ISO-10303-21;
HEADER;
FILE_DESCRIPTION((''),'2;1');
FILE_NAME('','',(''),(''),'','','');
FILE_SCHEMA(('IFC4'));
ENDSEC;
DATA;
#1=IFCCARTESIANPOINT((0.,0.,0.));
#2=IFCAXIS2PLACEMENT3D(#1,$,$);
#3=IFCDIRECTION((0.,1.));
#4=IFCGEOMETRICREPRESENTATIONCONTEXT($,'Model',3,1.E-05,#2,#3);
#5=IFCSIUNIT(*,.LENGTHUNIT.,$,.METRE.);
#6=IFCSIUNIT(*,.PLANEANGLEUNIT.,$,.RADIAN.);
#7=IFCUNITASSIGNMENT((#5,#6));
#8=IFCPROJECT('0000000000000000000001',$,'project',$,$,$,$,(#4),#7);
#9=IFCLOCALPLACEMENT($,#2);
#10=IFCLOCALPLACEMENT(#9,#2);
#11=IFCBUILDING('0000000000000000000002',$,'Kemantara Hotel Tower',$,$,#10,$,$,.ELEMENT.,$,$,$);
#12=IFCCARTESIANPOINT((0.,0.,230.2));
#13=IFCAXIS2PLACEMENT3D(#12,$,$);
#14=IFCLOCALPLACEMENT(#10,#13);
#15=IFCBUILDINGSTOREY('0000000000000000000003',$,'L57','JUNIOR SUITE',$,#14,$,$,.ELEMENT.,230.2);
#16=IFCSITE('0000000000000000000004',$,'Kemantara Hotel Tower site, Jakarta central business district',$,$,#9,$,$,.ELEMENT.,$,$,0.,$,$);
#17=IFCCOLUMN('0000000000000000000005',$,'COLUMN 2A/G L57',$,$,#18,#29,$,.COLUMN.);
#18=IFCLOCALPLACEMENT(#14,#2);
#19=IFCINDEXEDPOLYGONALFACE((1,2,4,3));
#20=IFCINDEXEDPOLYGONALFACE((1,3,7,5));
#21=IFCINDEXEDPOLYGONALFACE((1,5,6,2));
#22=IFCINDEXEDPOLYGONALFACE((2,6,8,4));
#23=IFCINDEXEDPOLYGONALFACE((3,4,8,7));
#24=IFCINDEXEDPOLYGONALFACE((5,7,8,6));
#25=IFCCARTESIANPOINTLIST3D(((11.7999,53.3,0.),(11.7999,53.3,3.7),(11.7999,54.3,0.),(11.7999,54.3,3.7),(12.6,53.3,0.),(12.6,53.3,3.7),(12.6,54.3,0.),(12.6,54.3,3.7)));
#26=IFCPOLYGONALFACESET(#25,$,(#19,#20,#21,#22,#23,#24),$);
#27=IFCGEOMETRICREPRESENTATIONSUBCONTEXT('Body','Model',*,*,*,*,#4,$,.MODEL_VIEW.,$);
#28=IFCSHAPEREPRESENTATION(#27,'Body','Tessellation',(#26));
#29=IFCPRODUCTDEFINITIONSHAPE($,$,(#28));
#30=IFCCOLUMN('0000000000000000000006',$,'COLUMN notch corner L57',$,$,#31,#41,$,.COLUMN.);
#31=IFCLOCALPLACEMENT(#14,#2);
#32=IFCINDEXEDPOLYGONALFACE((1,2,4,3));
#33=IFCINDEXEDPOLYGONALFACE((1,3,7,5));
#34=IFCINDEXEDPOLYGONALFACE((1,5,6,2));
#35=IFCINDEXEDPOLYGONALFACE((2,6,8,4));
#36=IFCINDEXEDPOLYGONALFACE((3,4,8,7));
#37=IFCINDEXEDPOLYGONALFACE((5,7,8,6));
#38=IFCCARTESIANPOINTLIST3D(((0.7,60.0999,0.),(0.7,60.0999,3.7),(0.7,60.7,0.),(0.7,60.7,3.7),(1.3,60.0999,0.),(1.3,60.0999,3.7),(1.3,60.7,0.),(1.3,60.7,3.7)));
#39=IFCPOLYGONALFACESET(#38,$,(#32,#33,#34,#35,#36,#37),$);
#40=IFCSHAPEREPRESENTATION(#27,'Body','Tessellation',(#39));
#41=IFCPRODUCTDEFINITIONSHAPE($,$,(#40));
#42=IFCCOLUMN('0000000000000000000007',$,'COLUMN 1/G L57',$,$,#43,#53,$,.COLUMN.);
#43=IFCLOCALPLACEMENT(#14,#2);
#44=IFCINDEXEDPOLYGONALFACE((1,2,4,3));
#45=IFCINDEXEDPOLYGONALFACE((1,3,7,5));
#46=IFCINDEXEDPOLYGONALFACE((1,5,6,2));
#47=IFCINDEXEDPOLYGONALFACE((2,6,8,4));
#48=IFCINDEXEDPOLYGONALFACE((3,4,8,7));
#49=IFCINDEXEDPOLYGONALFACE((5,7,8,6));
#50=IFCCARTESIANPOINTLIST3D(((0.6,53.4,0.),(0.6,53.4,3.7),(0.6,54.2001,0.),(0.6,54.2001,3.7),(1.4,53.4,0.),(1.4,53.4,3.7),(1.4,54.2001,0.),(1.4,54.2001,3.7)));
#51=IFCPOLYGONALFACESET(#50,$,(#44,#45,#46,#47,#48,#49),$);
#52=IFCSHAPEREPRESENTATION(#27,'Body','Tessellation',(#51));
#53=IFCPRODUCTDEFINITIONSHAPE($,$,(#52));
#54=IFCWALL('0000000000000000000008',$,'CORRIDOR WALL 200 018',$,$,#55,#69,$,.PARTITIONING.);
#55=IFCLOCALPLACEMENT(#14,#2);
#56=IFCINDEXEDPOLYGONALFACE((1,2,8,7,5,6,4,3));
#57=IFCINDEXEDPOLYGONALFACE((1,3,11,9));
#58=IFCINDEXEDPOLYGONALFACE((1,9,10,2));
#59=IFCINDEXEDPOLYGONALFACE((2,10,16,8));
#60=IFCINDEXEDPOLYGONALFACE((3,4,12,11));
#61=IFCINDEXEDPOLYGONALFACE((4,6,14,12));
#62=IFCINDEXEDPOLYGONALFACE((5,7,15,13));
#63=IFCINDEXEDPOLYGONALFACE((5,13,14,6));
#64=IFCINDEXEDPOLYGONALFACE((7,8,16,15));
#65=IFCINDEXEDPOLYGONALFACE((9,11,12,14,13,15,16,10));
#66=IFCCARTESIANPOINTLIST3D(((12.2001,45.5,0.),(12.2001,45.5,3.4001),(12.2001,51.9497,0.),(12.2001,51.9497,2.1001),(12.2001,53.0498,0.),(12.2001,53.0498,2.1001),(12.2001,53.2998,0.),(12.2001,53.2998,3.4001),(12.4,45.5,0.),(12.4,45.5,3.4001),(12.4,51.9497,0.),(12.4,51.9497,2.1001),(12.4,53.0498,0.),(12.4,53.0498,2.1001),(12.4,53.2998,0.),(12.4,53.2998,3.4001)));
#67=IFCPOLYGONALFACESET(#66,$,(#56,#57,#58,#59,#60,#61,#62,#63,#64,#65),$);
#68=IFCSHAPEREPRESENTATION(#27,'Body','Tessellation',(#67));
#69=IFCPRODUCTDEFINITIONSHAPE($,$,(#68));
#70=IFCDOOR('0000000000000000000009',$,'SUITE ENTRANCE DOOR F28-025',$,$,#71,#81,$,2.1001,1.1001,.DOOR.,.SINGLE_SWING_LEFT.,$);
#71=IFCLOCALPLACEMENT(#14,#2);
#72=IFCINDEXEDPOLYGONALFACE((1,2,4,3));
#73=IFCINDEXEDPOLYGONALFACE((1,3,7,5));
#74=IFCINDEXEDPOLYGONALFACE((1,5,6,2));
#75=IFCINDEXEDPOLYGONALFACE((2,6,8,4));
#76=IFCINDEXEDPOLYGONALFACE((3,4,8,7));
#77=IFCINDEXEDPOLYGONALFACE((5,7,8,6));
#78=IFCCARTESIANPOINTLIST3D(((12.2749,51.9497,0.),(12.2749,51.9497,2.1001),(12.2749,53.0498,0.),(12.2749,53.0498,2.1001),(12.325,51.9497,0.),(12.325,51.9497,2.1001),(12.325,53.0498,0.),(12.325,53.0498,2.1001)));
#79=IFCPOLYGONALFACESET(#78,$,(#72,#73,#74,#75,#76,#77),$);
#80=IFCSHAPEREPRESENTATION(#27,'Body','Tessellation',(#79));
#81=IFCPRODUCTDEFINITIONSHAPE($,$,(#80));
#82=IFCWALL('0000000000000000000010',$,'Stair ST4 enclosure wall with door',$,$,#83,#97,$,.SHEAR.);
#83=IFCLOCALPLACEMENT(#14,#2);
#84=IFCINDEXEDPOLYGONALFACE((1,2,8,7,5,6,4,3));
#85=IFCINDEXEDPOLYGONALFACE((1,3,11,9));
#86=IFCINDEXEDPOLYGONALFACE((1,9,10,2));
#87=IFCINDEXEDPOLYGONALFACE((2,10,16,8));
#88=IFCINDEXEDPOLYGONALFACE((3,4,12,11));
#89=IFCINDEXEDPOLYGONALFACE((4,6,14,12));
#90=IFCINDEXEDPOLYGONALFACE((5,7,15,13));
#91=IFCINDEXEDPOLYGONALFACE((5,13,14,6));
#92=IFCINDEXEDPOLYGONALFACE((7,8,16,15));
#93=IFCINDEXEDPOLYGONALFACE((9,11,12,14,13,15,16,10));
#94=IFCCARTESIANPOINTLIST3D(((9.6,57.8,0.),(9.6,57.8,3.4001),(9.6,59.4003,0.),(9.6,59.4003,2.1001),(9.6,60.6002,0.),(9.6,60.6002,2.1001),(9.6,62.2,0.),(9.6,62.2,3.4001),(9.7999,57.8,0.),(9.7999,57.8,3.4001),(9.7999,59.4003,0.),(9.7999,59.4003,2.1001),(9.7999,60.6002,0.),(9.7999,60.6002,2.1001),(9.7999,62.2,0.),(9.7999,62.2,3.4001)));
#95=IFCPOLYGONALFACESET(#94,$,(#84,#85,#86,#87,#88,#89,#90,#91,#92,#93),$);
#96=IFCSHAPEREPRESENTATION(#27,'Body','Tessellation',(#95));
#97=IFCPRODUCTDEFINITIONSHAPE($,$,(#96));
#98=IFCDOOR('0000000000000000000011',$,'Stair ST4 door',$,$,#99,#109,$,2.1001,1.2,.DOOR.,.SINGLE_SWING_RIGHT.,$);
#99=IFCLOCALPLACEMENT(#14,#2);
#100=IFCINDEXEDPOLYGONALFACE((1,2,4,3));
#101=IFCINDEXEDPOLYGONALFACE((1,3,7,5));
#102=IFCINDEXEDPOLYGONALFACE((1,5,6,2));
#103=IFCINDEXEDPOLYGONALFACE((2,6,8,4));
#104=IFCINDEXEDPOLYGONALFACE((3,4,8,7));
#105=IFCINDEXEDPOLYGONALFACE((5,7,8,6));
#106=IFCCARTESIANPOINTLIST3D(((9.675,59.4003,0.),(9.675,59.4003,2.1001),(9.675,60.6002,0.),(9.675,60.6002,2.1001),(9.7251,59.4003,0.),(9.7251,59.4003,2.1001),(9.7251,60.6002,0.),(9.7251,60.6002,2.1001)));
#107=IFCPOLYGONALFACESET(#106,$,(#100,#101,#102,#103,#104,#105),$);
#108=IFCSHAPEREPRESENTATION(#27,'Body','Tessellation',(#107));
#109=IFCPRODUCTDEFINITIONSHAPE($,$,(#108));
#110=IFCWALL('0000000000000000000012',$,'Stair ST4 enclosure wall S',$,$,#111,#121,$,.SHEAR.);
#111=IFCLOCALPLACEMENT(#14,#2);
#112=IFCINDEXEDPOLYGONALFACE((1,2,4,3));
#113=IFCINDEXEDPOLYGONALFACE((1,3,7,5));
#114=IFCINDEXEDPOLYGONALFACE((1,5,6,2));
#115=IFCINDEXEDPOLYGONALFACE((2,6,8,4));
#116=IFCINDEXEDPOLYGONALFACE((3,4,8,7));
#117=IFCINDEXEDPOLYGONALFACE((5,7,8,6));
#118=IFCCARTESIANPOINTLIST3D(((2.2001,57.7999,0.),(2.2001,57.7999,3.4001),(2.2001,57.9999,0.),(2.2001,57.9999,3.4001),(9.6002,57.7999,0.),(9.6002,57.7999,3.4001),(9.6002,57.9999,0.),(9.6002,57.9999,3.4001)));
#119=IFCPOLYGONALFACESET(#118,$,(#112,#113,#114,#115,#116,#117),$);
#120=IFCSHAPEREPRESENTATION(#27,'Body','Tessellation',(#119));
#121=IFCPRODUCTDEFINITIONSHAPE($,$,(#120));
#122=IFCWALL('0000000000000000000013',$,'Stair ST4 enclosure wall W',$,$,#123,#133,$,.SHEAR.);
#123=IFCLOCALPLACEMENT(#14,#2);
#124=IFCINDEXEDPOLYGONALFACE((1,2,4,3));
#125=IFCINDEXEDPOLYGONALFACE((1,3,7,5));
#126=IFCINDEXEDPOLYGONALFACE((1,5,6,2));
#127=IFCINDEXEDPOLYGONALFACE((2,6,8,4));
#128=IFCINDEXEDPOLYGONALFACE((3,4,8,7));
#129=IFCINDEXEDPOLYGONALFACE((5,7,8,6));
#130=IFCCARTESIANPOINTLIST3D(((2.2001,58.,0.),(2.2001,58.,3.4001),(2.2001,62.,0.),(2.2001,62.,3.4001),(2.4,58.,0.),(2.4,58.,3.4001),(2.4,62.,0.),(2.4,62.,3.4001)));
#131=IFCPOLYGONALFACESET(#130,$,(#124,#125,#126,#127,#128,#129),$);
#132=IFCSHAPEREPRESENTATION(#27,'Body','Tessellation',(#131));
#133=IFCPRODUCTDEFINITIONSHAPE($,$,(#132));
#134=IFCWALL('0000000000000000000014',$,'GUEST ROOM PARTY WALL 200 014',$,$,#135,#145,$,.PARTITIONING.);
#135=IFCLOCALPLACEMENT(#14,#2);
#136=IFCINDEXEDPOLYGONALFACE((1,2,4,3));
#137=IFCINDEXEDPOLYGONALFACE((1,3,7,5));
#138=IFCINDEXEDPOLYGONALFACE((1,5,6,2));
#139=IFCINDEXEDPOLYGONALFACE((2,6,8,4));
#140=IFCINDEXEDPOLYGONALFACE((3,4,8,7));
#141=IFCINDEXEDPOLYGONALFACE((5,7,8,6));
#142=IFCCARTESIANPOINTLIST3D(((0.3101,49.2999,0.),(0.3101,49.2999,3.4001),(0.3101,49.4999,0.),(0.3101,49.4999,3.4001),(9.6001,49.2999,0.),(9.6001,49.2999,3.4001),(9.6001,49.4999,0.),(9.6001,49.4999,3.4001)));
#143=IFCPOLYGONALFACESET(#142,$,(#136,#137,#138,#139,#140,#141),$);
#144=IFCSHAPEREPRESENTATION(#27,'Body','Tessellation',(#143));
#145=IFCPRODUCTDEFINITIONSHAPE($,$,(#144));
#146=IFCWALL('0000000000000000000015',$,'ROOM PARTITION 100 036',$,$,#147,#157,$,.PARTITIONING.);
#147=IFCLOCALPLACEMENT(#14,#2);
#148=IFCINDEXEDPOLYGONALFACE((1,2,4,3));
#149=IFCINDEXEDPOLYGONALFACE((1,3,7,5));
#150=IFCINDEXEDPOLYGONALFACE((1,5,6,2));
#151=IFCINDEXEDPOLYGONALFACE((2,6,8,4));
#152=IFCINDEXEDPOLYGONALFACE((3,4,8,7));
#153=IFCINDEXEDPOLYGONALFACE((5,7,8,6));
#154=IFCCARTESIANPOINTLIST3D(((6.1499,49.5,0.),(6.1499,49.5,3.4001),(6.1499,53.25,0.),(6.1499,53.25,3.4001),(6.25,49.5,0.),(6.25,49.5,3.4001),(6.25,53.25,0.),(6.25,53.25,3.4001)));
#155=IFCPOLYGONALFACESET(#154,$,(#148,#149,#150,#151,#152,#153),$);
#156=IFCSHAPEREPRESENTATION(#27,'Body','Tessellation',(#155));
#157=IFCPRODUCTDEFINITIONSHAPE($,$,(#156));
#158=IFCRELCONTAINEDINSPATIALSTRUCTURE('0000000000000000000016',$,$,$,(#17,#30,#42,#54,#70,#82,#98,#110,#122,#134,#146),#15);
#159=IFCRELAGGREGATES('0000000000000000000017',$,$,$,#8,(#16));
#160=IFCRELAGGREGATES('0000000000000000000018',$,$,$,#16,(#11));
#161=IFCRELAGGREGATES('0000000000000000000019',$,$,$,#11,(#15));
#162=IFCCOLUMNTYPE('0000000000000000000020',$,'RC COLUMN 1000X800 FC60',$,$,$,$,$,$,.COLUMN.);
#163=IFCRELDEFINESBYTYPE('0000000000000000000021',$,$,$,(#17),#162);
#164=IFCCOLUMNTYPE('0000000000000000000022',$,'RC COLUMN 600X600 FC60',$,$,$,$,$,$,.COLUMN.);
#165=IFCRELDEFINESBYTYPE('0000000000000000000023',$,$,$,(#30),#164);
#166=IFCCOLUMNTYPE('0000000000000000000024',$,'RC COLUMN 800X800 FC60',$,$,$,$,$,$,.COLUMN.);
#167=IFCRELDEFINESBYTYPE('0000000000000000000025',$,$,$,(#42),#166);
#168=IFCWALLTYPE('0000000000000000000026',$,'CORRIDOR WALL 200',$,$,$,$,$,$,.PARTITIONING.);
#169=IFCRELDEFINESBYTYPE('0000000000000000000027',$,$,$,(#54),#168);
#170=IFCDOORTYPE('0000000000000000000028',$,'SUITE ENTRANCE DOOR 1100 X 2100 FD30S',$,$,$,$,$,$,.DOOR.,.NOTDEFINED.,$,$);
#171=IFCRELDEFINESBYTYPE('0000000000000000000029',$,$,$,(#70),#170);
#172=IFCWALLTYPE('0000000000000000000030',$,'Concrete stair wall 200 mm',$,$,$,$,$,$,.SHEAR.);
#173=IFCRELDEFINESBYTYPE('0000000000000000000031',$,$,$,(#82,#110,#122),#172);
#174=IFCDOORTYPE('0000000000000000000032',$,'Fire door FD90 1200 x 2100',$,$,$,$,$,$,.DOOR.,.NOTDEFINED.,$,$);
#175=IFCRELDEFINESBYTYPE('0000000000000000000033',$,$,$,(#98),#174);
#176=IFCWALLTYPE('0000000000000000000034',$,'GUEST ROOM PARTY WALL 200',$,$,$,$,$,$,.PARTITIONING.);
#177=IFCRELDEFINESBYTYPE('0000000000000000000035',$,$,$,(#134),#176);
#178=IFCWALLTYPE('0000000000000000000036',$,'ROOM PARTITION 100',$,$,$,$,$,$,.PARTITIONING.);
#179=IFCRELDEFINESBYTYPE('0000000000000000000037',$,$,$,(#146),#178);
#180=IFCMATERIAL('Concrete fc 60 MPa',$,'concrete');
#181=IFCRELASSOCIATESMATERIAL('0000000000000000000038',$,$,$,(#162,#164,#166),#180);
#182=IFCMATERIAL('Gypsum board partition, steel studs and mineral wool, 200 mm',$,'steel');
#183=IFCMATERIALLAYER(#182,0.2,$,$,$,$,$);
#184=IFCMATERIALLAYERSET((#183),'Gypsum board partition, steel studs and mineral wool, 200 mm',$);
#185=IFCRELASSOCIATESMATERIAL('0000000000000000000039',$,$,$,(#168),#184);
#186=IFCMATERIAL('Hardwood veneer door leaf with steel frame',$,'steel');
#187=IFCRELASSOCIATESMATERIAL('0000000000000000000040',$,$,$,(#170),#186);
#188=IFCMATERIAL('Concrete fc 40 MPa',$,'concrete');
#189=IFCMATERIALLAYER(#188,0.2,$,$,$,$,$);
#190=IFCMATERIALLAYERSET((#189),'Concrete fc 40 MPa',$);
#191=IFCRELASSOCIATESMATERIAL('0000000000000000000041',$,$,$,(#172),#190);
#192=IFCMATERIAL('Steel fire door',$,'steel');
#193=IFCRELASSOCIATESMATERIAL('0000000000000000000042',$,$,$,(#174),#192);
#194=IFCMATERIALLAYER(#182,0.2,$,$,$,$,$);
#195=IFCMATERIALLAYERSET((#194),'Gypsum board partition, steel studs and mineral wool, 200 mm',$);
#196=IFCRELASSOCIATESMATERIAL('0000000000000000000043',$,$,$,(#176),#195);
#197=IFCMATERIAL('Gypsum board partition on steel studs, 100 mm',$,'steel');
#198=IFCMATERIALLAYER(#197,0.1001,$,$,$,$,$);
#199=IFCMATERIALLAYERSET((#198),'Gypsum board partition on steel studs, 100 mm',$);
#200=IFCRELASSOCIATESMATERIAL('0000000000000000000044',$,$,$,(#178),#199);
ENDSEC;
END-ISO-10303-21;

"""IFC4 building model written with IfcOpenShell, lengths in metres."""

from ifc_helpers import new_model, si_unit, direction, frame, frame_2d, origin, origin_2d, place, context, subcontext, project, spatial, rectangle, extrude, material, layer, layer_set, material_profile, profile_set, type_object, element, fill, save


model = new_model("IFC4")

# Units and contexts
model_context = context("Model", 3, precision=1e-05, world=origin(), true_north=direction((0.0, 1.0)))
body_context = subcontext(model_context, "Body", "Model", "MODEL_VIEW")
ifc_project = project(units=[si_unit("LENGTHUNIT", "METRE"), si_unit("PLANEANGLEUNIT", "RADIAN")], contexts=[model_context])

# Site, building, storey
site_placement = place(None, origin())
site = spatial("IfcSite", under=ifc_project, at=site_placement, Name="Kemantara Hotel Tower site, Jakarta central business district", CompositionType="ELEMENT", RefElevation=0.0)
building_placement = place(site_placement, origin())
building = spatial("IfcBuilding", under=site, at=building_placement, Name="Kemantara Hotel Tower", CompositionType="ELEMENT")
storey_placement = place(building_placement, frame((0.0, 0.0, 230.2)))
storey = spatial("IfcBuildingStorey", under=building, at=storey_placement, Name="L57", Description="JUNIOR SUITE", CompositionType="ELEMENT", Elevation=230.2)

# Columns
ifc_material_1 = material(Name="Concrete fc 60 MPa", Category="concrete")
ifc_material_profile_1 = material_profile(ifc_material_1, rectangle(XDim=1.0, YDim=0.8, at=origin_2d()), Name="RC 1000X800")
ifc_profile_set_1 = profile_set([ifc_material_profile_1], Name="Concrete fc 60 MPa")
column_type_1 = type_object("IfcColumnType", Name="RC COLUMN 1000X800 FC60", PredefinedType="COLUMN", material=ifc_profile_set_1)
column_1_placement = place(storey_placement, frame((12.2, 53.8, 0.0), z_axis=(0.0, 0.0, 1.0), x_axis=(0.0, 1.0, 0.0)))
element("IfcColumn", 1, at=column_1_placement, inside=storey, type_object=column_type_1, Name="COLUMN 2A/G L57", PredefinedType="COLUMN", context=body_context, shape_type="SweptSolid", body=[
    extrude(rectangle(XDim=1.0, YDim=0.8, at=origin_2d()), origin(), (0.0, 0.0, 1.0), 3.7),
])
ifc_material_profile_2 = material_profile(ifc_material_1, rectangle(XDim=0.6001, YDim=0.6001, at=origin_2d()), Name="RC 600X600")
ifc_profile_set_2 = profile_set([ifc_material_profile_2], Name="Concrete fc 60 MPa")
column_type_2 = type_object("IfcColumnType", Name="RC COLUMN 600X600 FC60", PredefinedType="COLUMN", material=ifc_profile_set_2)
column_2_placement = place(storey_placement, frame((1.0, 60.3999, 0.0), z_axis=(0.0, 0.0, 1.0), x_axis=(1.0, 0.0, 0.0)))
element("IfcColumn", 2, at=column_2_placement, inside=storey, type_object=column_type_2, Name="COLUMN notch corner L57", PredefinedType="COLUMN", context=body_context, shape_type="SweptSolid", body=[
    extrude(rectangle(XDim=0.6001, YDim=0.6001, at=origin_2d()), origin(), (0.0, 0.0, 1.0), 3.7),
])
ifc_material_profile_3 = material_profile(ifc_material_1, rectangle(XDim=0.8, YDim=0.8, at=origin_2d()), Name="RC 800X800")
ifc_profile_set_3 = profile_set([ifc_material_profile_3], Name="Concrete fc 60 MPa")
column_type_3 = type_object("IfcColumnType", Name="RC COLUMN 800X800 FC60", PredefinedType="COLUMN", material=ifc_profile_set_3)
column_3_placement = place(storey_placement, frame((1.0, 53.8, 0.0), z_axis=(0.0, 0.0, 1.0), x_axis=(1.0, 0.0, 0.0)))
element("IfcColumn", 3, at=column_3_placement, inside=storey, type_object=column_type_3, Name="COLUMN 1/G L57", PredefinedType="COLUMN", context=body_context, shape_type="SweptSolid", body=[
    extrude(rectangle(XDim=0.8, YDim=0.8, at=origin_2d()), origin(), (0.0, 0.0, 1.0), 3.7),
])

# Walls, openings, doors
ifc_material_2 = material(Name="Gypsum board partition, steel studs and mineral wool, 200 mm", Category="steel")
ifc_layer_1 = layer(ifc_material_2, 0.2)
ifc_layer_set_1 = layer_set([ifc_layer_1], Name="Gypsum board partition, steel studs and mineral wool, 200 mm")
wall_type_1 = type_object("IfcWallType", Name="CORRIDOR WALL 200", PredefinedType="PARTITIONING", material=ifc_layer_set_1)
wall_1_placement = place(storey_placement, frame((12.3, 53.2998, 0.0), z_axis=(0.0, 0.0, 1.0), x_axis=(0.0, -1.0, 0.0)))
wall_1 = element("IfcWall", 4, at=wall_1_placement, inside=storey, type_object=wall_type_1, Name="CORRIDOR WALL 200 018", PredefinedType="PARTITIONING", context=body_context, shape_type="SweptSolid", body=[
    extrude(rectangle(XDim=7.7998, YDim=0.2, at=frame_2d((3.8999, 0.0))), origin(), (0.0, 0.0, 1.0), 3.4001),
])
opening_1_placement = place(wall_1_placement, frame((0.25, 0.0, 0.0)))
opening_1 = element("IfcOpeningElement", 5, at=opening_1_placement, cuts=wall_1, PredefinedType="OPENING", context=body_context, shape_type="SweptSolid", body=[
    extrude(rectangle(XDim=1.1001, YDim=2.1001, at=frame_2d((0.55, 1.05))), frame((0.0, 0.1099, 0.0), z_axis=(0.0, -1.0, 0.0), x_axis=(1.0, 0.0, 0.0)), (0.0, 0.0, 1.0), 0.22),
])
ifc_material_3 = material(Name="Hardwood veneer door leaf with steel frame", Category="steel")
door_type_1 = type_object("IfcDoorType", Name="SUITE ENTRANCE DOOR 1100 X 2100 FD30S", OperationType="NOTDEFINED", PredefinedType="DOOR", material=ifc_material_3)
door_1_placement = place(opening_1_placement, origin())
door_1 = element("IfcDoor", 6, at=door_1_placement, inside=storey, type_object=door_type_1, Name="SUITE ENTRANCE DOOR F28-025", OperationType="SINGLE_SWING_LEFT", OverallHeight=2.1001, OverallWidth=1.1001, PredefinedType="DOOR", context=body_context, shape_type="SweptSolid", body=[
    extrude(rectangle(XDim=1.1001, YDim=2.1001, at=frame_2d((0.55, 1.05))), frame((0.0, 0.0249, 0.0), z_axis=(0.0, -1.0, 0.0), x_axis=(1.0, 0.0, 0.0)), (0.0, 0.0, 1.0), 0.05),
])
fill(opening_1, door_1)
ifc_material_4 = material(Name="Concrete fc 40 MPa", Category="concrete")
ifc_layer_2 = layer(ifc_material_4, 0.2)
ifc_layer_set_2 = layer_set([ifc_layer_2], Name="Concrete fc 40 MPa")
wall_type_2 = type_object("IfcWallType", Name="Concrete stair wall 200 mm", PredefinedType="SHEAR", material=ifc_layer_set_2)
wall_2_placement = place(storey_placement, frame((9.7, 57.8, 0.0), z_axis=(0.0, 0.0, 1.0), x_axis=(0.0, 1.0, 0.0)))
wall_2 = element("IfcWall", 7, at=wall_2_placement, inside=storey, type_object=wall_type_2, Name="Stair ST4 enclosure wall with door", PredefinedType="SHEAR", context=body_context, shape_type="SweptSolid", body=[
    extrude(rectangle(XDim=4.3999, YDim=0.2, at=frame_2d((2.2, 0.0))), origin(), (0.0, 0.0, 1.0), 3.4001),
])
opening_2_placement = place(wall_2_placement, frame((1.6001, 0.0, 0.0)))
opening_2 = element("IfcOpeningElement", 8, at=opening_2_placement, cuts=wall_2, PredefinedType="OPENING", context=body_context, shape_type="SweptSolid", body=[
    extrude(rectangle(XDim=1.2, YDim=2.1001, at=frame_2d((0.6001, 1.05))), frame((0.0, 0.1099, 0.0), z_axis=(0.0, -1.0, 0.0), x_axis=(1.0, 0.0, 0.0)), (0.0, 0.0, 1.0), 0.22),
])
ifc_material_5 = material(Name="Steel fire door", Category="steel")
door_type_2 = type_object("IfcDoorType", Name="Fire door FD90 1200 x 2100", OperationType="NOTDEFINED", PredefinedType="DOOR", material=ifc_material_5)
door_2_placement = place(opening_2_placement, origin())
door_2 = element("IfcDoor", 9, at=door_2_placement, inside=storey, type_object=door_type_2, Name="Stair ST4 door", OperationType="SINGLE_SWING_RIGHT", OverallHeight=2.1001, OverallWidth=1.2, PredefinedType="DOOR", context=body_context, shape_type="SweptSolid", body=[
    extrude(rectangle(XDim=1.2, YDim=2.1001, at=frame_2d((0.6001, 1.05))), frame((0.0, 0.0249, 0.0), z_axis=(0.0, -1.0, 0.0), x_axis=(1.0, 0.0, 0.0)), (0.0, 0.0, 1.0), 0.05),
])
fill(opening_2, door_2)

# Walls
wall_3_placement = place(storey_placement, frame((2.2, 57.8999, 0.0), z_axis=(0.0, 0.0, 1.0), x_axis=(1.0, 0.0, 0.0)))
element("IfcWall", 10, at=wall_3_placement, inside=storey, type_object=wall_type_2, Name="Stair ST4 enclosure wall S", PredefinedType="SHEAR", context=body_context, shape_type="SweptSolid", body=[
    extrude(rectangle(XDim=7.4001, YDim=0.2, at=frame_2d((3.7002, 0.0))), origin(), (0.0, 0.0, 1.0), 3.4001),
])
wall_4_placement = place(storey_placement, frame((2.3, 58.0, 0.0), z_axis=(0.0, 0.0, 1.0), x_axis=(0.0, 1.0, 0.0)))
element("IfcWall", 11, at=wall_4_placement, inside=storey, type_object=wall_type_2, Name="Stair ST4 enclosure wall W", PredefinedType="SHEAR", context=body_context, shape_type="SweptSolid", body=[
    extrude(rectangle(XDim=4.0, YDim=0.2, at=frame_2d((2.0, 0.0))), origin(), (0.0, 0.0, 1.0), 3.4001),
])
ifc_layer_3 = layer(ifc_material_2, 0.2)
ifc_layer_set_3 = layer_set([ifc_layer_3], Name="Gypsum board partition, steel studs and mineral wool, 200 mm")
wall_type_3 = type_object("IfcWallType", Name="GUEST ROOM PARTY WALL 200", PredefinedType="PARTITIONING", material=ifc_layer_set_3)
wall_5_placement = place(storey_placement, frame((0.3101, 49.3999, 0.0), z_axis=(0.0, 0.0, 1.0), x_axis=(1.0, 0.0, 0.0)))
element("IfcWall", 12, at=wall_5_placement, inside=storey, type_object=wall_type_3, Name="GUEST ROOM PARTY WALL 200 014", PredefinedType="PARTITIONING", context=body_context, shape_type="SweptSolid", body=[
    extrude(rectangle(XDim=9.29, YDim=0.2, at=frame_2d((4.645, 0.0))), origin(), (0.0, 0.0, 1.0), 3.4001),
])
ifc_material_6 = material(Name="Gypsum board partition on steel studs, 100 mm", Category="steel")
ifc_layer_4 = layer(ifc_material_6, 0.1001)
ifc_layer_set_4 = layer_set([ifc_layer_4], Name="Gypsum board partition on steel studs, 100 mm")
wall_type_4 = type_object("IfcWallType", Name="ROOM PARTITION 100", PredefinedType="PARTITIONING", material=ifc_layer_set_4)
wall_6_placement = place(storey_placement, frame((6.2, 49.5, 0.0), z_axis=(0.0, 0.0, 1.0), x_axis=(0.0, 1.0, 0.0)))
element("IfcWall", 13, at=wall_6_placement, inside=storey, type_object=wall_type_4, Name="ROOM PARTITION 100 036", PredefinedType="PARTITIONING", context=body_context, shape_type="SweptSolid", body=[
    extrude(rectangle(XDim=3.75, YDim=0.1001, at=frame_2d((1.875, 0.0))), origin(), (0.0, 0.0, 1.0), 3.4001),
])

save(model, "model.ifc")
